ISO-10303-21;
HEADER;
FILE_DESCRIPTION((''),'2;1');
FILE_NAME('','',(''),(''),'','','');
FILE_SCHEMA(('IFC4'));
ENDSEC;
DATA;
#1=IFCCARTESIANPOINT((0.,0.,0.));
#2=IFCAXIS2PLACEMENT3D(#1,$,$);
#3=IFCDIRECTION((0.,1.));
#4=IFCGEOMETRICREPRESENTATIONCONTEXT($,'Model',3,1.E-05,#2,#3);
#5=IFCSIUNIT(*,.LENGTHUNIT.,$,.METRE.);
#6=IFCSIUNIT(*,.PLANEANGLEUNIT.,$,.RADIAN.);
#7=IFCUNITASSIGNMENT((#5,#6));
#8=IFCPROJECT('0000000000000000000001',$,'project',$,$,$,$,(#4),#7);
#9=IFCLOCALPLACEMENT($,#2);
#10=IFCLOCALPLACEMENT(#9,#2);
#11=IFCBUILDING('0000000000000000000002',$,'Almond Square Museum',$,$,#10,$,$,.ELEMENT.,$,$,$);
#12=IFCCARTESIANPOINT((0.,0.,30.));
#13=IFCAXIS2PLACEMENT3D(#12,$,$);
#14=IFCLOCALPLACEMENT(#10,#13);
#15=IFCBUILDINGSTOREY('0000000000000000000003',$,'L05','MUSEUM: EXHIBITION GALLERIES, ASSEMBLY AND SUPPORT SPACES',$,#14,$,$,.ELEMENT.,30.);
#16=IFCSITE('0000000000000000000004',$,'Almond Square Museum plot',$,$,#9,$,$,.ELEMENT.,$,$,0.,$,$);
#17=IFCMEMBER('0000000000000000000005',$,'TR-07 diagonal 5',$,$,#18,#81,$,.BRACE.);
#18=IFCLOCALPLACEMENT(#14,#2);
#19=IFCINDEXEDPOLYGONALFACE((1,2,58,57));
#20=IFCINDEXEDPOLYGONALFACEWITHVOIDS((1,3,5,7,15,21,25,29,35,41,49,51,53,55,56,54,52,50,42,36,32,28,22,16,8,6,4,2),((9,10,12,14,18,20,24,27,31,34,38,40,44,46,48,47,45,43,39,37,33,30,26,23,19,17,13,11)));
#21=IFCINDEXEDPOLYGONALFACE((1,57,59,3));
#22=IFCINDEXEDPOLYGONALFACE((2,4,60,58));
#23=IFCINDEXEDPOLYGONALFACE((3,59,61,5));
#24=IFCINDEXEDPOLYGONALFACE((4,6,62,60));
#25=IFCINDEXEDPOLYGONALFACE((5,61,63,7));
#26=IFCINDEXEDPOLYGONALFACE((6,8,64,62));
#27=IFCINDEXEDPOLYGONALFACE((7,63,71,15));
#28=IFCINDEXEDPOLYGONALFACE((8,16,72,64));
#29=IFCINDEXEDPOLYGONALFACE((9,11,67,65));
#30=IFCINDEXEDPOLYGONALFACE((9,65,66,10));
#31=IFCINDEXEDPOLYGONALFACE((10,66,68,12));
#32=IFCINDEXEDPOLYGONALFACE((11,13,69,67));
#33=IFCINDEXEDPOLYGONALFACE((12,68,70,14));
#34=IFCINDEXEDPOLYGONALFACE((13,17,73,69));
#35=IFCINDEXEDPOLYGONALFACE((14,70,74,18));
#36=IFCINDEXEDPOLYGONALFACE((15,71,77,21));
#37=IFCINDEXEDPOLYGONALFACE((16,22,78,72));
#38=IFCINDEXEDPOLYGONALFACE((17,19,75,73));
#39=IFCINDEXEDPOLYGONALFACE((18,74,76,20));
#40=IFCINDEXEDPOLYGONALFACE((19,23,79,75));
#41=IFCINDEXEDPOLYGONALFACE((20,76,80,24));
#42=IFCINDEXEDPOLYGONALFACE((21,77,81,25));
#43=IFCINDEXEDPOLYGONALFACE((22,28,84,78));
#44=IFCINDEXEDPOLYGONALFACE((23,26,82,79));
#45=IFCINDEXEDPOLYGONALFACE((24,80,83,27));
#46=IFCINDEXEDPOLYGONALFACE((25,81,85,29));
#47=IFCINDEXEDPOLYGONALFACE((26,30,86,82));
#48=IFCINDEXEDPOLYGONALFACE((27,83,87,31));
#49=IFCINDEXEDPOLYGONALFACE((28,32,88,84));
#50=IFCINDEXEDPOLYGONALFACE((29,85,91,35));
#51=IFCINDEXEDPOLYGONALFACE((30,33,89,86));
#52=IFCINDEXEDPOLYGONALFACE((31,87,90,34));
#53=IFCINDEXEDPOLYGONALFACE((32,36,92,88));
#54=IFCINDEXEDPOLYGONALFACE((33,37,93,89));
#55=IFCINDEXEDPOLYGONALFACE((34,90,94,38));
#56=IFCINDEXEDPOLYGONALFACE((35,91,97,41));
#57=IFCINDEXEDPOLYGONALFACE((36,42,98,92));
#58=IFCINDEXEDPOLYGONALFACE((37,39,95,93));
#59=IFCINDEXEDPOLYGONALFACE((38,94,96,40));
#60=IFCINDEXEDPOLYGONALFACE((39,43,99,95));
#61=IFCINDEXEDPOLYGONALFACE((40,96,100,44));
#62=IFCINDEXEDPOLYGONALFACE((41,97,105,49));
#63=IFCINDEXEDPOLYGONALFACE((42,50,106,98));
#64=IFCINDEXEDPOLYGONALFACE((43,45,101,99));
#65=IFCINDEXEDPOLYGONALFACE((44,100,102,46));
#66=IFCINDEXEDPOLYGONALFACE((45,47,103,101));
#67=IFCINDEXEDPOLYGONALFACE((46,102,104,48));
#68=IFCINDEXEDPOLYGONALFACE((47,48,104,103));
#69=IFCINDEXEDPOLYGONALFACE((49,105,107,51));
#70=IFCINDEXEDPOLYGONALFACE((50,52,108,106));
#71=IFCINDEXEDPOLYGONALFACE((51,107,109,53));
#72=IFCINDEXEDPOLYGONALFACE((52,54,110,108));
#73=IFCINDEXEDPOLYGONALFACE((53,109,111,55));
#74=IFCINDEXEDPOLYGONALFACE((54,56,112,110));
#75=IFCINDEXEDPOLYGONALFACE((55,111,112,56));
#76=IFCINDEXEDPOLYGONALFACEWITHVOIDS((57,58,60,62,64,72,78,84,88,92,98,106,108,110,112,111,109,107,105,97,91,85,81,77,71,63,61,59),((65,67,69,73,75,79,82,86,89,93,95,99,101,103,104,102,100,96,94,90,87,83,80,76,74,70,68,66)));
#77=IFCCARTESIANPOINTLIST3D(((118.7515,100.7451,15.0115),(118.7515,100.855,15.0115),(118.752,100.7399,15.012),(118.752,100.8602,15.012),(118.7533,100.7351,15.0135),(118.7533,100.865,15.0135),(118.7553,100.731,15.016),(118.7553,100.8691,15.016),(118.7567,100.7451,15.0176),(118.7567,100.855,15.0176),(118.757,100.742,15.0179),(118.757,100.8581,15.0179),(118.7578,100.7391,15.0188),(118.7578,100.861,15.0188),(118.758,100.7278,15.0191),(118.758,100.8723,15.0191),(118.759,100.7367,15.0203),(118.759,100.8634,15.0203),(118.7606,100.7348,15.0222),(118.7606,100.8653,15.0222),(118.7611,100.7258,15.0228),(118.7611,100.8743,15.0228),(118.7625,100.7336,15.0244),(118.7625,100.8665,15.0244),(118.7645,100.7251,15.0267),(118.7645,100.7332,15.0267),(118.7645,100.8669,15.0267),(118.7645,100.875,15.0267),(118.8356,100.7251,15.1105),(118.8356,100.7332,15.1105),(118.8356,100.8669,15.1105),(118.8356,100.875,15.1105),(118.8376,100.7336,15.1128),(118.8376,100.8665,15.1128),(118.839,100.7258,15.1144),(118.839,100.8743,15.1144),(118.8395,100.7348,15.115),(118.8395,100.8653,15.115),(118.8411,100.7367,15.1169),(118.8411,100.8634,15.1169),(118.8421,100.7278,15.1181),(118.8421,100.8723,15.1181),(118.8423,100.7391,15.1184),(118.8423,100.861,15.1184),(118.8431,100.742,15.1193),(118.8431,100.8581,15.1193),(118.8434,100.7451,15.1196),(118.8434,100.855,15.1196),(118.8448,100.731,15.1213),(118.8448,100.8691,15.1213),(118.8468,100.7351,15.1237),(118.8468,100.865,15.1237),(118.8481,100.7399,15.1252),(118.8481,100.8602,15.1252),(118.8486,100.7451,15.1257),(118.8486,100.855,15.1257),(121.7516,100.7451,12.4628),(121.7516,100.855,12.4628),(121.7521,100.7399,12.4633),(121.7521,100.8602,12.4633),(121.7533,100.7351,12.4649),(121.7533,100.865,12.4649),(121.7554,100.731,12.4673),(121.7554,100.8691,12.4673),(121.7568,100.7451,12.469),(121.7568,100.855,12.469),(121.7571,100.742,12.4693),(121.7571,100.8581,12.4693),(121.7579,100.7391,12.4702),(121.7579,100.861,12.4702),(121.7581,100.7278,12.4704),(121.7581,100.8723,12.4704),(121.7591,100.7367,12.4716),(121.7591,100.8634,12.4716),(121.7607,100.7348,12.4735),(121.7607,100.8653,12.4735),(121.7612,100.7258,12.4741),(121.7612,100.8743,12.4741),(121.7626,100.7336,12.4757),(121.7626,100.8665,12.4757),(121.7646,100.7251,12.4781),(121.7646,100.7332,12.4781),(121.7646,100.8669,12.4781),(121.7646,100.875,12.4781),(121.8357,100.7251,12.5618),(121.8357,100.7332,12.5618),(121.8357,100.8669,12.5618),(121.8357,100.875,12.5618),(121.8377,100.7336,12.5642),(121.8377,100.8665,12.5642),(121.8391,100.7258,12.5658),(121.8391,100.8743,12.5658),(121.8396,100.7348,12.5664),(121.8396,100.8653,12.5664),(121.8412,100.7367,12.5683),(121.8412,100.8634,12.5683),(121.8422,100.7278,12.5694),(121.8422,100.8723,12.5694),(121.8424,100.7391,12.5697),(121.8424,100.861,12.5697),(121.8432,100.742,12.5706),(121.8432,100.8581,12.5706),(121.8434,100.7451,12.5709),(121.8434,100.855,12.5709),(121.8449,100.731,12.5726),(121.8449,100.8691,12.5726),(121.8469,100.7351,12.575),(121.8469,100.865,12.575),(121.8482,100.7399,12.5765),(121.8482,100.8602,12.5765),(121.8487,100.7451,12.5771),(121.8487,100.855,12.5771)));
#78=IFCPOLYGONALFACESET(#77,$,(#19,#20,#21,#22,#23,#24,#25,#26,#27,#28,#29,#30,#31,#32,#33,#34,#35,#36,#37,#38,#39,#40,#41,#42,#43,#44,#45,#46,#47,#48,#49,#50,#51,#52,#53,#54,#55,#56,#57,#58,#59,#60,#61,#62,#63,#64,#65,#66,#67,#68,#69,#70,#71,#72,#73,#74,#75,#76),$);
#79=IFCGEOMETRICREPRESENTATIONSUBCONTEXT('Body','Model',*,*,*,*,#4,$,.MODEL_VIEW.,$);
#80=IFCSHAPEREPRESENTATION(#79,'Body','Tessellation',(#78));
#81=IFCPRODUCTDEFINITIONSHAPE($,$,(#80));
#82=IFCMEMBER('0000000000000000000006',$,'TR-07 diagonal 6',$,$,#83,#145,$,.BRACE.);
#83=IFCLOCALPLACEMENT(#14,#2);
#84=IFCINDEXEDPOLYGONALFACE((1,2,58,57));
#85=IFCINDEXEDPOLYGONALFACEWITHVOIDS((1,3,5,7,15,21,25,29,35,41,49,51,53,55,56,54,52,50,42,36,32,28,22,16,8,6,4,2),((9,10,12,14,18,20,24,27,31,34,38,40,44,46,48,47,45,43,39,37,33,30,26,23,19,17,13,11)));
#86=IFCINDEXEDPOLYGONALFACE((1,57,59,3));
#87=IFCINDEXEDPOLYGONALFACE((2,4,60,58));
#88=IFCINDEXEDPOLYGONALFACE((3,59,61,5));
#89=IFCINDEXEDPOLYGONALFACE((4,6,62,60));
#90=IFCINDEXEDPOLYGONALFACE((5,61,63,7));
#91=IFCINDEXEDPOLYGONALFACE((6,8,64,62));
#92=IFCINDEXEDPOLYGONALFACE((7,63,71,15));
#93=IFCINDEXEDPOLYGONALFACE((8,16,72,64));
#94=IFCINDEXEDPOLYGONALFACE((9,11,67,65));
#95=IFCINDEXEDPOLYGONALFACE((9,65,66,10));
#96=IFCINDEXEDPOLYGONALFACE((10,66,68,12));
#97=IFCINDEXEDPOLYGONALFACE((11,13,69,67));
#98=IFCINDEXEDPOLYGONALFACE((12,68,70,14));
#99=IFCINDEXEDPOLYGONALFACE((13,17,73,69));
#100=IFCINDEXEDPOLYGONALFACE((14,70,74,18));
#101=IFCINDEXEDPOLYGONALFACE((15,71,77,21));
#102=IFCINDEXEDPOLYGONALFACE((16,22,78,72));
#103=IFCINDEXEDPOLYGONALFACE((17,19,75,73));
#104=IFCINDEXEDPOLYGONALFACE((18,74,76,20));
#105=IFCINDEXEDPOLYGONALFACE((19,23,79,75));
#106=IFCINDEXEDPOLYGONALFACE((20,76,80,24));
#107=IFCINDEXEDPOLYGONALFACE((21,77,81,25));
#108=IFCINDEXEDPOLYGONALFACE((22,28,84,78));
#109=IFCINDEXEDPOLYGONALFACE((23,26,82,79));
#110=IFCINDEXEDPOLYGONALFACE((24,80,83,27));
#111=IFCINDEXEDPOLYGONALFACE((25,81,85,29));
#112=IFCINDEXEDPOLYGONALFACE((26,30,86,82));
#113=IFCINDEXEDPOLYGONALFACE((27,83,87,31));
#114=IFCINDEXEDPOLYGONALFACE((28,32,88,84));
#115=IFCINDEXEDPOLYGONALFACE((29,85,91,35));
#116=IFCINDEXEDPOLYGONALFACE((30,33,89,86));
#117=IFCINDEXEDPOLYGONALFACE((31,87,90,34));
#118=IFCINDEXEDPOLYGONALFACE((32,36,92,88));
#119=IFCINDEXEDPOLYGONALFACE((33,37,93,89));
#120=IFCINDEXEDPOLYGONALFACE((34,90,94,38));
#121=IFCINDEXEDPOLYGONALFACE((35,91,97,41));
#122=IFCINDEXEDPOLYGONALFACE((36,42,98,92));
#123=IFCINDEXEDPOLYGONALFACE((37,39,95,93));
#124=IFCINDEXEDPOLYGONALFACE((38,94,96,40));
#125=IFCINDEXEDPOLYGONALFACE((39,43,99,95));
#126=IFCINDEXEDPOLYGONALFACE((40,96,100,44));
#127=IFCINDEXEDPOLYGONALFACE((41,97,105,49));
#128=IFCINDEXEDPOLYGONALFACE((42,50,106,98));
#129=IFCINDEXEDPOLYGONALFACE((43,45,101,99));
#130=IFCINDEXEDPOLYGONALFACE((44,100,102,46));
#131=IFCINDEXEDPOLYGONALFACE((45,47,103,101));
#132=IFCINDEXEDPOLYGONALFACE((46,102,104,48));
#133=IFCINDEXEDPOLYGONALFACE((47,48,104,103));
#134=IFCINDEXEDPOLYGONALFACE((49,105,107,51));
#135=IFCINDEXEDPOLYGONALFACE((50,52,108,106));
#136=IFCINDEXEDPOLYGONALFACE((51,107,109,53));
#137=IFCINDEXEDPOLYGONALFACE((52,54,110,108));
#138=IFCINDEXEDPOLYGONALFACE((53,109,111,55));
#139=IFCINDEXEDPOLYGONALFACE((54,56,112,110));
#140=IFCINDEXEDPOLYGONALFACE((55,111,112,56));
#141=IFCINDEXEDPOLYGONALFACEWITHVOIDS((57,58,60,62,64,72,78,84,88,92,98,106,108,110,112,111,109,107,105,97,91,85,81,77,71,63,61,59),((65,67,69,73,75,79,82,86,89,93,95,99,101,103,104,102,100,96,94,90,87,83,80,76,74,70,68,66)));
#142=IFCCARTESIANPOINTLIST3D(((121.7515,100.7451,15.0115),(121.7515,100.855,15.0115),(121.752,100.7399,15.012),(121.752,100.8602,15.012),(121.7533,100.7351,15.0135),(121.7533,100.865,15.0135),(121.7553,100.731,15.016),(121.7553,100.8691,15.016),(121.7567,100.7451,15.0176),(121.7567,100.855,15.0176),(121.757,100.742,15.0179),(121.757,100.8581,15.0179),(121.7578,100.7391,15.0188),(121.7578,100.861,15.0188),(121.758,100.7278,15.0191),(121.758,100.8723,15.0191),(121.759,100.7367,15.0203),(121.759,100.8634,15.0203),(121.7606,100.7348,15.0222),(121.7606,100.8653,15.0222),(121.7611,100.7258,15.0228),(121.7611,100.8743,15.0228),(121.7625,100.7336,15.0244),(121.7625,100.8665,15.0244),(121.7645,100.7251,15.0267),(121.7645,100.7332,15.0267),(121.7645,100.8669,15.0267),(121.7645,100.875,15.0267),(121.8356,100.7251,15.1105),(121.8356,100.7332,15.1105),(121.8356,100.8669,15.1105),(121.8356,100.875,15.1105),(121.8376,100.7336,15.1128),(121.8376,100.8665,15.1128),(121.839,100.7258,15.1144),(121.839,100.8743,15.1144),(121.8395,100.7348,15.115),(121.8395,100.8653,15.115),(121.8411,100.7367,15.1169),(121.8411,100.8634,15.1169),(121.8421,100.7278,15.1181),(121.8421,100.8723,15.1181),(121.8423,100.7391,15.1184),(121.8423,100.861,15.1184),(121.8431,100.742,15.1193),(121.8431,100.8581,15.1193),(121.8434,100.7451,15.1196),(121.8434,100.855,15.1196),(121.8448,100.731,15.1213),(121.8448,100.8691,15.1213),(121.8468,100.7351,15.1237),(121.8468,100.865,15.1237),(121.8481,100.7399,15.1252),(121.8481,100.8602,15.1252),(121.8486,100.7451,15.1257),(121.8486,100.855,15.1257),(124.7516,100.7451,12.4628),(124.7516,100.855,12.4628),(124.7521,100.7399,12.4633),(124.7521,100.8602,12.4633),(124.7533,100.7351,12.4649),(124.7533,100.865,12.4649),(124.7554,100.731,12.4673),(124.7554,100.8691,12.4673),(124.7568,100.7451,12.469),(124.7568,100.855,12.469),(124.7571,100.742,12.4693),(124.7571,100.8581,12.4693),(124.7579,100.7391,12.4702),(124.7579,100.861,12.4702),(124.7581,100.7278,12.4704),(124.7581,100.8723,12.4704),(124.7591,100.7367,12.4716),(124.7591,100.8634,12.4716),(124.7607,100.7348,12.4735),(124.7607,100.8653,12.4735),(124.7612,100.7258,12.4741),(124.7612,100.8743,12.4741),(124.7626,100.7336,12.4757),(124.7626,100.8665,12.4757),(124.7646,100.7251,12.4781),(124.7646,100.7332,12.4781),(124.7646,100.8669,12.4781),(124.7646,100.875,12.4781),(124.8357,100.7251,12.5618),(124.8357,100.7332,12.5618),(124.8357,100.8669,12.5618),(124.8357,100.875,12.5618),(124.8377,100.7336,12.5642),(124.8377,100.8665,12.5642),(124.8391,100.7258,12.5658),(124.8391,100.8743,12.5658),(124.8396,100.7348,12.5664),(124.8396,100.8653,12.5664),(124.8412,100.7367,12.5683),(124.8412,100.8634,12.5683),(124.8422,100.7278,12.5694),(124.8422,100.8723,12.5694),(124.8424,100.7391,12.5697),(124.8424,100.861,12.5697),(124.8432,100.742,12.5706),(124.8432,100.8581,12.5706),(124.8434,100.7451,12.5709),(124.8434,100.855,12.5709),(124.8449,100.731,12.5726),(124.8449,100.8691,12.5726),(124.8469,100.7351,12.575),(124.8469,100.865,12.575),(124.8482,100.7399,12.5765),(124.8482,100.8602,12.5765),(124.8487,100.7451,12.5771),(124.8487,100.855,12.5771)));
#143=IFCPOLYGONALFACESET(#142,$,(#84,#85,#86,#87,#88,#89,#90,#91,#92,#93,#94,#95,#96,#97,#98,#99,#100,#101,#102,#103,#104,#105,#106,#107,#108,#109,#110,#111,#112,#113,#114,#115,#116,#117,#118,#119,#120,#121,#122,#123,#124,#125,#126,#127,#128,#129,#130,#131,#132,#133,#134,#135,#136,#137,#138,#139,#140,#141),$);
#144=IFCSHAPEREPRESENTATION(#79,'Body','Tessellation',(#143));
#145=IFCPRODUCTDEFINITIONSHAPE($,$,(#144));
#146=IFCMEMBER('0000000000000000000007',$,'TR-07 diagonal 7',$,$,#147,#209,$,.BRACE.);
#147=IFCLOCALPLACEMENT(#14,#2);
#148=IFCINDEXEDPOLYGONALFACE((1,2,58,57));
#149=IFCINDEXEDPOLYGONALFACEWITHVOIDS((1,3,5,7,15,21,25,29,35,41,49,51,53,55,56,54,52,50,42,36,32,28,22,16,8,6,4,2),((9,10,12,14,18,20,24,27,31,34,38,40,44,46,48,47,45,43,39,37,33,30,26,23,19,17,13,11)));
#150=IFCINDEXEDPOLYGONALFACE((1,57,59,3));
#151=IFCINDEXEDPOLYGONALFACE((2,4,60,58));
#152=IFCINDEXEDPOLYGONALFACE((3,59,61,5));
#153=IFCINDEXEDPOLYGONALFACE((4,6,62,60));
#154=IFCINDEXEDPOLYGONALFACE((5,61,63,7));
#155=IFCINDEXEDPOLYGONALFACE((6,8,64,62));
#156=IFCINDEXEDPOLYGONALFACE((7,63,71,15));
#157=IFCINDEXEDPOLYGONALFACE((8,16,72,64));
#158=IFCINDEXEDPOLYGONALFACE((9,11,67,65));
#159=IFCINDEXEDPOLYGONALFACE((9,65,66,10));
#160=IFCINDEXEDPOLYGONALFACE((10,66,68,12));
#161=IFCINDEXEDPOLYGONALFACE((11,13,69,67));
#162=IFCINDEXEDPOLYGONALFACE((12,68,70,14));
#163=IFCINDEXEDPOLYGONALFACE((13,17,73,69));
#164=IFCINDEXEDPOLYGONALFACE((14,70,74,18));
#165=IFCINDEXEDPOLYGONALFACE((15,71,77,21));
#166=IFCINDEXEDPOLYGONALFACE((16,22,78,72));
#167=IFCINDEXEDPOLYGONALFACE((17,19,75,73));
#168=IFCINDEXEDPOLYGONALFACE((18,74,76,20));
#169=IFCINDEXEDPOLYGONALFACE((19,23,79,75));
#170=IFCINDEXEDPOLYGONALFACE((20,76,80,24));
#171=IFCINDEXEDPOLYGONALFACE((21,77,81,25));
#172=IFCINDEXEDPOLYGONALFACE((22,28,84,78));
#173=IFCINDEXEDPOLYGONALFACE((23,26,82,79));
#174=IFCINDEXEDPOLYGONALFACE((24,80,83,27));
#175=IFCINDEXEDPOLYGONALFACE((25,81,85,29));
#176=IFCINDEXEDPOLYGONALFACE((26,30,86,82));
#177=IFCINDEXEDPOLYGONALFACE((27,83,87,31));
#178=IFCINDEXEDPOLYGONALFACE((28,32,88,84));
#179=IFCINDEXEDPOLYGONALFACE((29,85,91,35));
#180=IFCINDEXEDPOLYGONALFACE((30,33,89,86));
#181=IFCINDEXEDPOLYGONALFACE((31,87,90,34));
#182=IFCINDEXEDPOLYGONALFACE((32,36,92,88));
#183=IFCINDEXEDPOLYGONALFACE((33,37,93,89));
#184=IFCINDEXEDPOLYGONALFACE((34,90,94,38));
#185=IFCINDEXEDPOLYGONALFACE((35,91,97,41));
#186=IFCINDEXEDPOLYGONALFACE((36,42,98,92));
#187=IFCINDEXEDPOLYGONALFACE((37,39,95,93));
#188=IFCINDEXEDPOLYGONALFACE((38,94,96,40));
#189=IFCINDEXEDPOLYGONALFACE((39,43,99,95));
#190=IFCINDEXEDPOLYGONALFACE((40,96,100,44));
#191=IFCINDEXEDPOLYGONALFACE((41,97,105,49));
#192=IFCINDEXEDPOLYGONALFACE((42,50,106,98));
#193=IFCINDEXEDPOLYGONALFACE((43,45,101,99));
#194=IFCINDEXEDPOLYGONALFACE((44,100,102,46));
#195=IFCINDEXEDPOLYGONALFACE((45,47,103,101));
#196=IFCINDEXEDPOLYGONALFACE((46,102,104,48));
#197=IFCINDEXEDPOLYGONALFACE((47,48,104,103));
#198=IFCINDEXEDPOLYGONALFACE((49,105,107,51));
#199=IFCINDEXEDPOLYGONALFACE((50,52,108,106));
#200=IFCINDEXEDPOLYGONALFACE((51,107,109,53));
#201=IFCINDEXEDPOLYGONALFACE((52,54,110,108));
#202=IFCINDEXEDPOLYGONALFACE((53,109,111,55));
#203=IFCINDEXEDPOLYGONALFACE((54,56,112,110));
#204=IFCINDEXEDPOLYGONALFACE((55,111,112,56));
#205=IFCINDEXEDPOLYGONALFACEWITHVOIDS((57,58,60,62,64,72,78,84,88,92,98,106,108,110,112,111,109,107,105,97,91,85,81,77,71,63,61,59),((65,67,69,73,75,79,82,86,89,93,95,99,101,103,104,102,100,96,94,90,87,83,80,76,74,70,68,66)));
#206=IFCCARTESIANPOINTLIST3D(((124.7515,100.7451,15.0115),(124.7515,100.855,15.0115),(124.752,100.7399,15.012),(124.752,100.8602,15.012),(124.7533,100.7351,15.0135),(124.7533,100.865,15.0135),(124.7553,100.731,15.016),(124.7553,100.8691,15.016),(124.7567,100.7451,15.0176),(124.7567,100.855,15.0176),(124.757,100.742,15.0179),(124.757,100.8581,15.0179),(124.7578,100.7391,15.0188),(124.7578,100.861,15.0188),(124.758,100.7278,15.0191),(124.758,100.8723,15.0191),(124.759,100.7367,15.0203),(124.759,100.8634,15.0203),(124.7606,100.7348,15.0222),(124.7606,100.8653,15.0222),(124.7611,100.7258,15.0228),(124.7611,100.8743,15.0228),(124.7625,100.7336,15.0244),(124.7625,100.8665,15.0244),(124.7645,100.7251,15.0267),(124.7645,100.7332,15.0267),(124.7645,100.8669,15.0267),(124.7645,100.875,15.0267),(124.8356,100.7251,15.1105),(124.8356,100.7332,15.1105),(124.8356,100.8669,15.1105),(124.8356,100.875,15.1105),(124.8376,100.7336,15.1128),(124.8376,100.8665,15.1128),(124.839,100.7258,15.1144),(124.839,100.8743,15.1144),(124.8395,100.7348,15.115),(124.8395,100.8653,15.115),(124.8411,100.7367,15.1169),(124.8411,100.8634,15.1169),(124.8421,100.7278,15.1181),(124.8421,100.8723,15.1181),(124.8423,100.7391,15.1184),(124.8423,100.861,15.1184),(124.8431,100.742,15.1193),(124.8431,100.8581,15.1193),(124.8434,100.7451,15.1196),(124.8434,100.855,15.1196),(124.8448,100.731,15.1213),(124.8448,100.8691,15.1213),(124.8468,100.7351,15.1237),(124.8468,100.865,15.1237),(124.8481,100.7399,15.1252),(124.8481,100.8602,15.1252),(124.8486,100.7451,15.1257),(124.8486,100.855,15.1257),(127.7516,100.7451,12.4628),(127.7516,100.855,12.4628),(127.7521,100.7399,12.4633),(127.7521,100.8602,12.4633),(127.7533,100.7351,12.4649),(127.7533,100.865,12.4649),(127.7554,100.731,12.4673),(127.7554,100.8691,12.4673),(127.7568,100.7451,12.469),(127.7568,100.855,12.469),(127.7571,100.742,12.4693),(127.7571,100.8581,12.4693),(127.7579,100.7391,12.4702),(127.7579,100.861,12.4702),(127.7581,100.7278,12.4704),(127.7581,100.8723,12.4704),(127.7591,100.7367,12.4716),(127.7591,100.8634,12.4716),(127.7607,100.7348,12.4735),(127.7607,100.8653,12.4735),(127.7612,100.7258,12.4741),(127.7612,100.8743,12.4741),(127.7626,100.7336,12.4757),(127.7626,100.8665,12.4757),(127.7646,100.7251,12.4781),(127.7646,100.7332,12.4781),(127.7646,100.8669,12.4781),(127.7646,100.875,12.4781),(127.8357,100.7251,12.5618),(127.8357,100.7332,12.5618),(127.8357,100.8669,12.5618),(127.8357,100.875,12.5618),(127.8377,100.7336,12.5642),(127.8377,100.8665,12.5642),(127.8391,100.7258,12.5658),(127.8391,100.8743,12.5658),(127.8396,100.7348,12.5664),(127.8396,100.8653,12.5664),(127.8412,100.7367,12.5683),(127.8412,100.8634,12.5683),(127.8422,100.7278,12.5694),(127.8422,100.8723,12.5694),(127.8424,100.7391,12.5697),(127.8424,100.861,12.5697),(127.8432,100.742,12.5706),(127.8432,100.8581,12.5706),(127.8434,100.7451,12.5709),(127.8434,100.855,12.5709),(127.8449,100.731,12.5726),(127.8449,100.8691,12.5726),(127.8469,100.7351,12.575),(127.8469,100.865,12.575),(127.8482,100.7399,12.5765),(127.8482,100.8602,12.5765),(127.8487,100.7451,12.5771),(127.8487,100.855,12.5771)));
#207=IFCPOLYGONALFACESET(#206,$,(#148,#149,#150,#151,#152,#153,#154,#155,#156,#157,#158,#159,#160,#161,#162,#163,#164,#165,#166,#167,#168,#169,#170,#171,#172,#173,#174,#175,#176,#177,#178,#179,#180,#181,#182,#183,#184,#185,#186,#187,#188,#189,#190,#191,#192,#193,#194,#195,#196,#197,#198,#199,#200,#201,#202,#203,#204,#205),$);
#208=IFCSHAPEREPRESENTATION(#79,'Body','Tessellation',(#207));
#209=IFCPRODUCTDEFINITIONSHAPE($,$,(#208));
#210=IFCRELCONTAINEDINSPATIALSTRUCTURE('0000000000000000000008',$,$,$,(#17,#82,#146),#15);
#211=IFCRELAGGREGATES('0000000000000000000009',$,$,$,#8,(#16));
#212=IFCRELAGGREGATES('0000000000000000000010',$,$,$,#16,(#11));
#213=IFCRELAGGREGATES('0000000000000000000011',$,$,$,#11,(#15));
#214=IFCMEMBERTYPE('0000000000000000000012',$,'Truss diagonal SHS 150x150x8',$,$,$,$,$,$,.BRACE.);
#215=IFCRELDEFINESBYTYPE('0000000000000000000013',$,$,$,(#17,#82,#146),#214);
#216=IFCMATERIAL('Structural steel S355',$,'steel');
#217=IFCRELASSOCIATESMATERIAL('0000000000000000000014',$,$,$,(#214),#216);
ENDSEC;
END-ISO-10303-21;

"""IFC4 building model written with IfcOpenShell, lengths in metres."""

from ifc_helpers import new_model, si_unit, direction, frame, origin, origin_2d, place, context, subcontext, project, spatial, hollow_rectangle, extrude, material, material_profile, profile_set, type_object, element, save


model = new_model("IFC4")

# Units and contexts
model_context = context("Model", 3, precision=1e-05, world=origin(), true_north=direction((0.0, 1.0)))
body_context = subcontext(model_context, "Body", "Model", "MODEL_VIEW")
ifc_project = project(units=[si_unit("LENGTHUNIT", "METRE"), si_unit("PLANEANGLEUNIT", "RADIAN")], contexts=[model_context])

# Site, building, storey
site_placement = place(None, origin())
site = spatial("IfcSite", under=ifc_project, at=site_placement, Name="Almond Square Museum plot", CompositionType="ELEMENT", RefElevation=0.0)
building_placement = place(site_placement, origin())
building = spatial("IfcBuilding", under=site, at=building_placement, Name="Almond Square Museum", CompositionType="ELEMENT")
storey_placement = place(building_placement, frame((0.0, 0.0, 30.0)))
storey = spatial("IfcBuildingStorey", under=building, at=storey_placement, Name="L05", Description="MUSEUM: EXHIBITION GALLERIES, ASSEMBLY AND SUPPORT SPACES", CompositionType="ELEMENT", Elevation=30.0)

# Members
ifc_material_1 = material(Name="Structural steel S355", Category="steel")
ifc_material_profile_1 = material_profile(ifc_material_1, hollow_rectangle(XDim=0.1499, YDim=0.1499, WallThickness=0.0081, InnerFilletRadius=0.012, OuterFilletRadius=0.02, at=origin_2d()))
ifc_profile_set_1 = profile_set([ifc_material_profile_1], Name="Structural steel S355")
member_type_1 = type_object("IfcMemberType", Name="Truss diagonal SHS 150x150x8", PredefinedType="BRACE", material=ifc_profile_set_1)
for number, where, z_axis, x_axis, name in (
    (1, (118.8, 100.8, 15.0686), (0.762117, 0.0, -0.64744), (0.0, 1.0, 0.0), "TR-07 diagonal 5"),
    (2, (121.8, 100.8, 15.0686), (0.762117, 0.0, -0.64744), (0.0, 1.0, 0.0), "TR-07 diagonal 6"),
    (3, (124.8, 100.8, 15.0686), (0.762117, 0.0, -0.64744), (0.0, 1.0, 0.0), "TR-07 diagonal 7"),
):
    element("IfcMember", number, at=place(storey_placement, frame(where, z_axis=z_axis, x_axis=x_axis)), inside=storey, type_object=member_type_1, Name=name, PredefinedType="BRACE", context=body_context, shape_type="SweptSolid", body=[
        extrude(hollow_rectangle(XDim=0.1499, YDim=0.1499, WallThickness=0.0081, InnerFilletRadius=0.012, OuterFilletRadius=0.02, at=origin_2d()), origin(), (0.0, 0.0, 1.0), 3.9365),
    ])

save(model, "model.ifc")
